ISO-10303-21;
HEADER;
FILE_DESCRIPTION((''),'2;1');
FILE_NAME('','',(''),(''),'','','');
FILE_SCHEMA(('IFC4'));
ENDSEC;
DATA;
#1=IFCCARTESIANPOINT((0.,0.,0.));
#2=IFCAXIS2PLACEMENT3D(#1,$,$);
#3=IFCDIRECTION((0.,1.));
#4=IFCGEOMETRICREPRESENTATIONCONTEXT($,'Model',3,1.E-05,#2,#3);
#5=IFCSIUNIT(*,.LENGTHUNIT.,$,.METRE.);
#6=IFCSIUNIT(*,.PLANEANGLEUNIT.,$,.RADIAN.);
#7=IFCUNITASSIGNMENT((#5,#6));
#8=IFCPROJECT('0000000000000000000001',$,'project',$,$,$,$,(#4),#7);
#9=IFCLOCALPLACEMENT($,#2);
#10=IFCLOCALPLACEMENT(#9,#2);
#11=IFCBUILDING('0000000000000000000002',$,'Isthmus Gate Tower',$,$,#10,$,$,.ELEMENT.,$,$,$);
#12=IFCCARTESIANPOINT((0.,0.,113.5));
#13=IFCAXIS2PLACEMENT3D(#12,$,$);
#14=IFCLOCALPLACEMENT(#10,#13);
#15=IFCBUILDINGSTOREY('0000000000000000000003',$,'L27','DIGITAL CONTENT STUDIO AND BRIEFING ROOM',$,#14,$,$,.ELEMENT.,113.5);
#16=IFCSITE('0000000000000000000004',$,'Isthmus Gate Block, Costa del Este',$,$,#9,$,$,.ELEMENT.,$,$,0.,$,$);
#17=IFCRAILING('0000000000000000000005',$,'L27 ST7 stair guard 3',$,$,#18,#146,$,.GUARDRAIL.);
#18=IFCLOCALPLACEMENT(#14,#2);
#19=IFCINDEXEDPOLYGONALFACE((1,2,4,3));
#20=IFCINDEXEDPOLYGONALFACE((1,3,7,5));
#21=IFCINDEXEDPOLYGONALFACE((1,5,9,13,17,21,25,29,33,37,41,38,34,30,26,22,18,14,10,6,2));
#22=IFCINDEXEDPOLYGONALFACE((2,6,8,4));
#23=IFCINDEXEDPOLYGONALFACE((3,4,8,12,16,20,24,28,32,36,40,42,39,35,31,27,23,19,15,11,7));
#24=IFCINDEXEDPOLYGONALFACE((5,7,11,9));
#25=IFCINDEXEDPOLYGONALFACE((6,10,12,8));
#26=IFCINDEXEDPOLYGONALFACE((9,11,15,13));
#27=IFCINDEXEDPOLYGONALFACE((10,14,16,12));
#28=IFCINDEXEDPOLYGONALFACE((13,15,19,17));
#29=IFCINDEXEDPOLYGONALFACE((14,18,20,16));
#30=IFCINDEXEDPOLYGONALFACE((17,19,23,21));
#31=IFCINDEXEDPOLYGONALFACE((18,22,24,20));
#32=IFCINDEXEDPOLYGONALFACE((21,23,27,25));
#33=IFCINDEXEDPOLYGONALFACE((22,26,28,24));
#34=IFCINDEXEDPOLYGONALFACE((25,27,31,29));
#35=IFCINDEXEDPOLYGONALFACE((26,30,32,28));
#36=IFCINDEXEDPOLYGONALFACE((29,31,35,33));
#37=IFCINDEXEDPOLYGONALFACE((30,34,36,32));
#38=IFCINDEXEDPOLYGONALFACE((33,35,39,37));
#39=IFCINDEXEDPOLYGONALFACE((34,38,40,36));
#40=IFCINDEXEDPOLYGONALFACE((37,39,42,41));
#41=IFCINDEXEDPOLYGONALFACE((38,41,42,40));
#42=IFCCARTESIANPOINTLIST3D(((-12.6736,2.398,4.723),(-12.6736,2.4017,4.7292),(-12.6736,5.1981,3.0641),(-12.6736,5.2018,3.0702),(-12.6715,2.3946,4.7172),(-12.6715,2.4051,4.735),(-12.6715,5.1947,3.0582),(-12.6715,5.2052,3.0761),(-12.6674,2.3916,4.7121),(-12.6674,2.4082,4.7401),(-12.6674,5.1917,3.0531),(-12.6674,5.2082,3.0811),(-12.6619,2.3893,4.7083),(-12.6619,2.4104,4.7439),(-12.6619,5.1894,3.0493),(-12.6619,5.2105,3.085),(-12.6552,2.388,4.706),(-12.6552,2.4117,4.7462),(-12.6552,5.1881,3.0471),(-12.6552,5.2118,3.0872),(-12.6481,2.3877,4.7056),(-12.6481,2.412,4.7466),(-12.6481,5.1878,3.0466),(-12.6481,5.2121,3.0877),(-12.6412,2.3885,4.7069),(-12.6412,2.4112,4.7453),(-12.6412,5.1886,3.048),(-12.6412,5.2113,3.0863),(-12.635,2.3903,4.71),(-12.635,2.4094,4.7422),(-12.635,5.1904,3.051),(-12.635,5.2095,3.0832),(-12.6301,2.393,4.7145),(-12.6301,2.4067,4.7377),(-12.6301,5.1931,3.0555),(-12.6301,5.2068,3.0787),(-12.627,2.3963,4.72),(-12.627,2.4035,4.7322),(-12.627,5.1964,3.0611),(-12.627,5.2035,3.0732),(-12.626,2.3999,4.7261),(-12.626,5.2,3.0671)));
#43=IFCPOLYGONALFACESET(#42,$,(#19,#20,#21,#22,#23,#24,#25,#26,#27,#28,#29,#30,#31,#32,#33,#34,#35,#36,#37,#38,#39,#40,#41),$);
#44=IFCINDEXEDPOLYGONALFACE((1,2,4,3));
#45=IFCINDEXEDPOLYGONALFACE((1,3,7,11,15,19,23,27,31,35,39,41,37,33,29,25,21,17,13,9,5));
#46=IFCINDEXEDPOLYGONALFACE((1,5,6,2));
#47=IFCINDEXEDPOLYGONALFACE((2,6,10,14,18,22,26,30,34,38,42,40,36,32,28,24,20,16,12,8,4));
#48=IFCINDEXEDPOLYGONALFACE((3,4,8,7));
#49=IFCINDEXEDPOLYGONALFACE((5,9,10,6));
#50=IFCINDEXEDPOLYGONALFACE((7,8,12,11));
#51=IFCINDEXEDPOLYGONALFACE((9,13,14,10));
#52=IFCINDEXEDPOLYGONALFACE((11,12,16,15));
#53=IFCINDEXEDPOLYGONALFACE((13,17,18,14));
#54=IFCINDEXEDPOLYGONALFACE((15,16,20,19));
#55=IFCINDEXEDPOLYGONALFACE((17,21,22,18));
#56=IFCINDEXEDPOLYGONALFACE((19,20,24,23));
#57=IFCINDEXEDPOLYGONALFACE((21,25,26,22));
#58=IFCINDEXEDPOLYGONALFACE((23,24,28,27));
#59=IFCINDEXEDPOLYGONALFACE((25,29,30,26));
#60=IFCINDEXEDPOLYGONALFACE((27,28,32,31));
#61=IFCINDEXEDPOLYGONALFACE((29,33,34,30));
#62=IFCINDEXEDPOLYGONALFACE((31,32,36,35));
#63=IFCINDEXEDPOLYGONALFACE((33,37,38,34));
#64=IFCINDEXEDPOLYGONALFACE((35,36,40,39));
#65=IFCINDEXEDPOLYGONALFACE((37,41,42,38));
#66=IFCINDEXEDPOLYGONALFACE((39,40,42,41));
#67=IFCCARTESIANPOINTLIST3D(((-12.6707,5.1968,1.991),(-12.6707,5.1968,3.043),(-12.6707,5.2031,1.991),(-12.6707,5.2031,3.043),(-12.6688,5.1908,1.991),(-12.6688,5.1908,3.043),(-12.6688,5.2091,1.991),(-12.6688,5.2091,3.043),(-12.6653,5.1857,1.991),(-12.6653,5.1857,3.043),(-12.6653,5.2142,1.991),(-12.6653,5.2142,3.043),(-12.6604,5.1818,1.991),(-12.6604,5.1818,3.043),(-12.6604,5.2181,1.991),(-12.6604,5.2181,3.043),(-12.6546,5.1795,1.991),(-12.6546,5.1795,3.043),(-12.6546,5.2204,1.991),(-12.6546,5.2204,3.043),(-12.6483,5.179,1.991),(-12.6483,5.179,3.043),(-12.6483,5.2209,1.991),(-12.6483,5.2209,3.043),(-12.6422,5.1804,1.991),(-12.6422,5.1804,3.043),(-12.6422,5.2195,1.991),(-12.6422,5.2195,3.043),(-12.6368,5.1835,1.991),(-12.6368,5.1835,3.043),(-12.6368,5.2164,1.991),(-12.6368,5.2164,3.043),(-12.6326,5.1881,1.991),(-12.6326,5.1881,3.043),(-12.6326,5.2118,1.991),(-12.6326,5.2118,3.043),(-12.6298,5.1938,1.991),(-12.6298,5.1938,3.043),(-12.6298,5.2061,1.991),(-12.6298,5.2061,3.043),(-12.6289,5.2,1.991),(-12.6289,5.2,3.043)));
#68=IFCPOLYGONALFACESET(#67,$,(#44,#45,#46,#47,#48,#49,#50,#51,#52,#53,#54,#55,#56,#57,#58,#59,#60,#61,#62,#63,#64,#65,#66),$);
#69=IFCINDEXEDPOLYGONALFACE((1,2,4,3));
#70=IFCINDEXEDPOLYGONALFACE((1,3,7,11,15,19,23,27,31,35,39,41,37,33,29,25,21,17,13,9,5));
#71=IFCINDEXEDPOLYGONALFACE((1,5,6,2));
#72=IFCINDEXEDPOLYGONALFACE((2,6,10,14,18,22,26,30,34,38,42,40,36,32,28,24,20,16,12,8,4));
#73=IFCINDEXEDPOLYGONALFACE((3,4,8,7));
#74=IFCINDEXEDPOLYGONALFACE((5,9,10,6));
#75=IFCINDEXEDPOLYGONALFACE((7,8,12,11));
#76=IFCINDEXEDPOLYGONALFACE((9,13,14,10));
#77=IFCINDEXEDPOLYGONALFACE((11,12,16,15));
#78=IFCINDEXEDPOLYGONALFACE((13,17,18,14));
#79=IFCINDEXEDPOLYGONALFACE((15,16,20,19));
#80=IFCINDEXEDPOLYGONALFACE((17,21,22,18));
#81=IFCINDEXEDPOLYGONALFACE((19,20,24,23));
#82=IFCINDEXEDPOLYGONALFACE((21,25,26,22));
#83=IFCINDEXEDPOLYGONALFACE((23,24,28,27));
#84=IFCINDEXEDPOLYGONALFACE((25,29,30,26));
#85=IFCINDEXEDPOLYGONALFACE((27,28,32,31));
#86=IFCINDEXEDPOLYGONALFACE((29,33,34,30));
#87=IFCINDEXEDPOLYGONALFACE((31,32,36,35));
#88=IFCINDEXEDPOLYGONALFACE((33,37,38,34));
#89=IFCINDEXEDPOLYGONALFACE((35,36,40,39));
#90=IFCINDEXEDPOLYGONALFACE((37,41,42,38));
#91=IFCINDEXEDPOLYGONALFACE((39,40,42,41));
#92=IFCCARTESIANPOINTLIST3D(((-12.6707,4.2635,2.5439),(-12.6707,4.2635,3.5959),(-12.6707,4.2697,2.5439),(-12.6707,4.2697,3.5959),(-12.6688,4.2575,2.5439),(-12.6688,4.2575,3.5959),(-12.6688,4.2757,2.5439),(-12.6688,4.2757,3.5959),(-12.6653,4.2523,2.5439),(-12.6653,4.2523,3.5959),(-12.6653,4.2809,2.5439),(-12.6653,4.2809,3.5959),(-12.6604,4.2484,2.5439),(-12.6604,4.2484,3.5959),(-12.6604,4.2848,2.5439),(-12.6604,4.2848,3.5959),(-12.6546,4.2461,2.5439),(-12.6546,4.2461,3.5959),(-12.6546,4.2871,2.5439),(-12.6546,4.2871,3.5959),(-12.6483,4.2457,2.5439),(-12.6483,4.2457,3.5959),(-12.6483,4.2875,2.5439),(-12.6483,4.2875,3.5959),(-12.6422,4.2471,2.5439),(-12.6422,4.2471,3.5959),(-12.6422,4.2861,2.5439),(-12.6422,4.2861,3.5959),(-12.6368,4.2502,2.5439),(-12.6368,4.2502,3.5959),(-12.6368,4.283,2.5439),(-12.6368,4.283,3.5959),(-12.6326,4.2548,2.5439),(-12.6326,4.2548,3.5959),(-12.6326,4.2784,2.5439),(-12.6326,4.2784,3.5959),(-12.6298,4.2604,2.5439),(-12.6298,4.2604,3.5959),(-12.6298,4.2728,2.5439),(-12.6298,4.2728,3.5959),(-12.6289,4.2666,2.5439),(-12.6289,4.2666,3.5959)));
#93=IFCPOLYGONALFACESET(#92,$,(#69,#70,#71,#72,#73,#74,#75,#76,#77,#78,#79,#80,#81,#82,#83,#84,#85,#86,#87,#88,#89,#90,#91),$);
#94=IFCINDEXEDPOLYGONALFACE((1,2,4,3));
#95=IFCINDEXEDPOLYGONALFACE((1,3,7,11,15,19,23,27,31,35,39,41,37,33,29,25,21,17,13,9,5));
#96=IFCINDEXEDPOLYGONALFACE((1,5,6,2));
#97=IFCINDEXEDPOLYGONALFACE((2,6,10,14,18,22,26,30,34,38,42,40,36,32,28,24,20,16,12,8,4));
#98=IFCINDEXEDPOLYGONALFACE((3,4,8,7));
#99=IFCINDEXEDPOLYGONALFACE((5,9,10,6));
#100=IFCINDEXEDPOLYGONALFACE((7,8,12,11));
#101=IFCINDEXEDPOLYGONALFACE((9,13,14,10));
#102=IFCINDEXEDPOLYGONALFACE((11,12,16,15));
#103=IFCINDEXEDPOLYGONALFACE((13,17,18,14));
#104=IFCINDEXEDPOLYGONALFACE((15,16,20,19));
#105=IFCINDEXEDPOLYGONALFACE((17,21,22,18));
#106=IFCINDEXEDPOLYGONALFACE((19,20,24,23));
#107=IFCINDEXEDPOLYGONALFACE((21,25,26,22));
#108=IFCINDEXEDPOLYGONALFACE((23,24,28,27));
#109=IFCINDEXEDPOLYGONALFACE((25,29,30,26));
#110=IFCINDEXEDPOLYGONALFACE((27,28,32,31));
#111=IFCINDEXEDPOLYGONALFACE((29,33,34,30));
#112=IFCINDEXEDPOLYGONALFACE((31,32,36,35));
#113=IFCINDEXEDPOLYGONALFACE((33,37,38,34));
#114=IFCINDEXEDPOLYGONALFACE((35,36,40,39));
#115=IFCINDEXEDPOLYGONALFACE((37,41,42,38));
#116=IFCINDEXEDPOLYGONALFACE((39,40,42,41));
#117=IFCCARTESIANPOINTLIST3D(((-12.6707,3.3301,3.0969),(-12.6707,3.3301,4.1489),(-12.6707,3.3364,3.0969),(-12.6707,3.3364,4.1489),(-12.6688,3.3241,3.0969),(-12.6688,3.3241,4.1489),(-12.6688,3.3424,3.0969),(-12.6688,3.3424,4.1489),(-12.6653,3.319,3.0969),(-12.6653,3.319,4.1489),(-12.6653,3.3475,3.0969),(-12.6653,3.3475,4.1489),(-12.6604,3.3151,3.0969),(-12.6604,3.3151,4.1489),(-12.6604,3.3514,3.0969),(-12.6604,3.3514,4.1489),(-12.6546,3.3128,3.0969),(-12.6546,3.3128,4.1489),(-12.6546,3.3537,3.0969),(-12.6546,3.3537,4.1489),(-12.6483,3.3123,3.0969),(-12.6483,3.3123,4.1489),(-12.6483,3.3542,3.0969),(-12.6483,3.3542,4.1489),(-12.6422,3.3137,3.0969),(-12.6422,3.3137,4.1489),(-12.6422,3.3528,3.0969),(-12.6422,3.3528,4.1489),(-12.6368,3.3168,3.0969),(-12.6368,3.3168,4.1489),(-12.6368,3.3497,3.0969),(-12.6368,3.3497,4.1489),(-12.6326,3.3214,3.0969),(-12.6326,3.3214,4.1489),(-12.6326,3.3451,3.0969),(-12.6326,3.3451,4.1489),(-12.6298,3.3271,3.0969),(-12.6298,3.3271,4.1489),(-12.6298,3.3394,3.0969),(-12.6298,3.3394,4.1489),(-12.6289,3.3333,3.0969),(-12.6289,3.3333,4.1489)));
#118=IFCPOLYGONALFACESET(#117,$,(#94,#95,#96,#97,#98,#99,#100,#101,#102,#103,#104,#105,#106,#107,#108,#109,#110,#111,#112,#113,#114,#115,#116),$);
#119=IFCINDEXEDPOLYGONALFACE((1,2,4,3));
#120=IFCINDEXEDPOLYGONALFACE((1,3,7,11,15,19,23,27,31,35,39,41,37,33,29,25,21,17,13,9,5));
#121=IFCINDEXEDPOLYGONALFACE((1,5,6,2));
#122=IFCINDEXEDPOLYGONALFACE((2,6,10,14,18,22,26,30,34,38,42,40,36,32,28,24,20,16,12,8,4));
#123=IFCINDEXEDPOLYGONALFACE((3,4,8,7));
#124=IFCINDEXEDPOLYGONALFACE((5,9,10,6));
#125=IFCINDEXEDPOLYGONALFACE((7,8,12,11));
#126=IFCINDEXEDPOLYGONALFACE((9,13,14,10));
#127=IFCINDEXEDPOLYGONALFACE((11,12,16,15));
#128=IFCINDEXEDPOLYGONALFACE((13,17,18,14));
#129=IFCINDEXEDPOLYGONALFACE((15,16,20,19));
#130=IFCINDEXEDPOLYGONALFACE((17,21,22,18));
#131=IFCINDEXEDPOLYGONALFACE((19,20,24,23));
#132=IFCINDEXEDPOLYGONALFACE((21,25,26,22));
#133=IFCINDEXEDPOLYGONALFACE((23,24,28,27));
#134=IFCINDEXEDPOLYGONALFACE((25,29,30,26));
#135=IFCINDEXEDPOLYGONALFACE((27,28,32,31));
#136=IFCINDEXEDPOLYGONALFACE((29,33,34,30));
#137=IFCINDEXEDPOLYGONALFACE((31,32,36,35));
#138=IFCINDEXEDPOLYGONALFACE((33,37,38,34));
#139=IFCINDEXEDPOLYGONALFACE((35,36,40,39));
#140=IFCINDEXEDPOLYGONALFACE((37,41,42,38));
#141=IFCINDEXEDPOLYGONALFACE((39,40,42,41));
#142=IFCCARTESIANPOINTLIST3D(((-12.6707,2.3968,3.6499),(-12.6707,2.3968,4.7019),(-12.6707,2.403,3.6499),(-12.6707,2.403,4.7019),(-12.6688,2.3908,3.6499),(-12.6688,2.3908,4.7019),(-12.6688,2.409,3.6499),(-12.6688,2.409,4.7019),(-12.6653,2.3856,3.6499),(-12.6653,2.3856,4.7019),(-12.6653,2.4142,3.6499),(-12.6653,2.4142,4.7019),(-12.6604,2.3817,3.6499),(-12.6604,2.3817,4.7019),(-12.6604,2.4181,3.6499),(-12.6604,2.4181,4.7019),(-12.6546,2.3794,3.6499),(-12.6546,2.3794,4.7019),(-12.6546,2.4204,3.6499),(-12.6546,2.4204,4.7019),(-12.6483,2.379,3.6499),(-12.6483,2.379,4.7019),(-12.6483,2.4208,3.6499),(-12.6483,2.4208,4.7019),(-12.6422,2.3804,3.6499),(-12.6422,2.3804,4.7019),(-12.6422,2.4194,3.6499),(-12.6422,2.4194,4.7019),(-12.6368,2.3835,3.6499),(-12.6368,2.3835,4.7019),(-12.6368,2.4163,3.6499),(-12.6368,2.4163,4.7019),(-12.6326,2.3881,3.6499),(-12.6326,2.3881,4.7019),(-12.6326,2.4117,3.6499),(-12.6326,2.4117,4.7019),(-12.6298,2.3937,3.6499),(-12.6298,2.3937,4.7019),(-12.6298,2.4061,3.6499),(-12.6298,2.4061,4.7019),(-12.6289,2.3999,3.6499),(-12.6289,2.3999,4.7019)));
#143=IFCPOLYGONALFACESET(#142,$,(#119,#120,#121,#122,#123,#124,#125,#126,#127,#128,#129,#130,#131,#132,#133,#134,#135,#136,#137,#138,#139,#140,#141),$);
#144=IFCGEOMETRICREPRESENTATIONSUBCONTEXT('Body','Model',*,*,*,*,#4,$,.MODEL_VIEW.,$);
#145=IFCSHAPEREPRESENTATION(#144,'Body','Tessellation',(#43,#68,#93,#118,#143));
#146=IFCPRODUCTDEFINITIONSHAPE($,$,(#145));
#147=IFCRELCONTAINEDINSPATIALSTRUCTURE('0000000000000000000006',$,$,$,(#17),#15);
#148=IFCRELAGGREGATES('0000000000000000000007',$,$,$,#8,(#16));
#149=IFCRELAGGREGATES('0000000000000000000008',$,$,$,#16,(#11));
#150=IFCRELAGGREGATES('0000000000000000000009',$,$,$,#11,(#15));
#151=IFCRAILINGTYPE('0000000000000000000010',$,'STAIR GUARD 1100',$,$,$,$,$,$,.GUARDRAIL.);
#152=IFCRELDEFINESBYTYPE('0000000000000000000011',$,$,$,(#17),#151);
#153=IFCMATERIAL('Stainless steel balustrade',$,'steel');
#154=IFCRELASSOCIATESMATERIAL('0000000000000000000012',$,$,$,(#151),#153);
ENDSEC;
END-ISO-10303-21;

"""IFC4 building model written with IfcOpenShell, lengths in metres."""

from ifc_helpers import new_model, si_unit, direction, frame, origin, origin_2d, place, context, subcontext, project, spatial, circle, extrude, material, type_object, element, save


model = new_model("IFC4")

# Units and contexts
model_context = context("Model", 3, precision=1e-05, world=origin(), true_north=direction((0.0, 1.0)))
body_context = subcontext(model_context, "Body", "Model", "MODEL_VIEW")
ifc_project = project(units=[si_unit("LENGTHUNIT", "METRE"), si_unit("PLANEANGLEUNIT", "RADIAN")], contexts=[model_context])

# Site, building, storey
site_placement = place(None, origin())
site = spatial("IfcSite", under=ifc_project, at=site_placement, Name="Isthmus Gate Block, Costa del Este", CompositionType="ELEMENT", RefElevation=0.0)
building_placement = place(site_placement, origin())
building = spatial("IfcBuilding", under=site, at=building_placement, Name="Isthmus Gate Tower", CompositionType="ELEMENT")
storey_placement = place(building_placement, frame((0.0, 0.0, 113.5)))
storey = spatial("IfcBuildingStorey", under=building, at=storey_placement, Name="L27", Description="DIGITAL CONTENT STUDIO AND BRIEFING ROOM", CompositionType="ELEMENT", Elevation=113.5)

# Railing
ifc_material_1 = material(Name="Stainless steel balustrade", Category="steel")
railing_type_1 = type_object("IfcRailingType", Name="STAIR GUARD 1100", PredefinedType="GUARDRAIL", material=ifc_material_1)
railing_1_placement = place(storey_placement, frame((-12.6499, 5.2, 1.991)))
element("IfcRailing", 1, at=railing_1_placement, inside=storey, type_object=railing_type_1, Name="L27 ST7 stair guard 3", PredefinedType="GUARDRAIL", context=body_context, shape_type="SweptSolid", body=[
    extrude(circle(Radius=0.0239, at=origin_2d()), frame((0.0, 0.0, 1.0762), z_axis=(0.0, -0.860339, 0.509722), x_axis=(1.0, 0.0, 0.0)), (0.0, 0.0, 1.0), 3.2546),
    extrude(circle(Radius=0.021, at=origin_2d()), origin(), (0.0, 0.0, 1.0), 1.052),
    extrude(circle(Radius=0.021, at=origin_2d()), frame((0.0, -0.9333, 0.553)), (0.0, 0.0, 1.0), 1.052),
    extrude(circle(Radius=0.021, at=origin_2d()), frame((0.0, -1.8667, 1.106)), (0.0, 0.0, 1.0), 1.052),
    extrude(circle(Radius=0.021, at=origin_2d()), frame((0.0, -2.8, 1.6589)), (0.0, 0.0, 1.0), 1.052),
])

save(model, "model.ifc")
